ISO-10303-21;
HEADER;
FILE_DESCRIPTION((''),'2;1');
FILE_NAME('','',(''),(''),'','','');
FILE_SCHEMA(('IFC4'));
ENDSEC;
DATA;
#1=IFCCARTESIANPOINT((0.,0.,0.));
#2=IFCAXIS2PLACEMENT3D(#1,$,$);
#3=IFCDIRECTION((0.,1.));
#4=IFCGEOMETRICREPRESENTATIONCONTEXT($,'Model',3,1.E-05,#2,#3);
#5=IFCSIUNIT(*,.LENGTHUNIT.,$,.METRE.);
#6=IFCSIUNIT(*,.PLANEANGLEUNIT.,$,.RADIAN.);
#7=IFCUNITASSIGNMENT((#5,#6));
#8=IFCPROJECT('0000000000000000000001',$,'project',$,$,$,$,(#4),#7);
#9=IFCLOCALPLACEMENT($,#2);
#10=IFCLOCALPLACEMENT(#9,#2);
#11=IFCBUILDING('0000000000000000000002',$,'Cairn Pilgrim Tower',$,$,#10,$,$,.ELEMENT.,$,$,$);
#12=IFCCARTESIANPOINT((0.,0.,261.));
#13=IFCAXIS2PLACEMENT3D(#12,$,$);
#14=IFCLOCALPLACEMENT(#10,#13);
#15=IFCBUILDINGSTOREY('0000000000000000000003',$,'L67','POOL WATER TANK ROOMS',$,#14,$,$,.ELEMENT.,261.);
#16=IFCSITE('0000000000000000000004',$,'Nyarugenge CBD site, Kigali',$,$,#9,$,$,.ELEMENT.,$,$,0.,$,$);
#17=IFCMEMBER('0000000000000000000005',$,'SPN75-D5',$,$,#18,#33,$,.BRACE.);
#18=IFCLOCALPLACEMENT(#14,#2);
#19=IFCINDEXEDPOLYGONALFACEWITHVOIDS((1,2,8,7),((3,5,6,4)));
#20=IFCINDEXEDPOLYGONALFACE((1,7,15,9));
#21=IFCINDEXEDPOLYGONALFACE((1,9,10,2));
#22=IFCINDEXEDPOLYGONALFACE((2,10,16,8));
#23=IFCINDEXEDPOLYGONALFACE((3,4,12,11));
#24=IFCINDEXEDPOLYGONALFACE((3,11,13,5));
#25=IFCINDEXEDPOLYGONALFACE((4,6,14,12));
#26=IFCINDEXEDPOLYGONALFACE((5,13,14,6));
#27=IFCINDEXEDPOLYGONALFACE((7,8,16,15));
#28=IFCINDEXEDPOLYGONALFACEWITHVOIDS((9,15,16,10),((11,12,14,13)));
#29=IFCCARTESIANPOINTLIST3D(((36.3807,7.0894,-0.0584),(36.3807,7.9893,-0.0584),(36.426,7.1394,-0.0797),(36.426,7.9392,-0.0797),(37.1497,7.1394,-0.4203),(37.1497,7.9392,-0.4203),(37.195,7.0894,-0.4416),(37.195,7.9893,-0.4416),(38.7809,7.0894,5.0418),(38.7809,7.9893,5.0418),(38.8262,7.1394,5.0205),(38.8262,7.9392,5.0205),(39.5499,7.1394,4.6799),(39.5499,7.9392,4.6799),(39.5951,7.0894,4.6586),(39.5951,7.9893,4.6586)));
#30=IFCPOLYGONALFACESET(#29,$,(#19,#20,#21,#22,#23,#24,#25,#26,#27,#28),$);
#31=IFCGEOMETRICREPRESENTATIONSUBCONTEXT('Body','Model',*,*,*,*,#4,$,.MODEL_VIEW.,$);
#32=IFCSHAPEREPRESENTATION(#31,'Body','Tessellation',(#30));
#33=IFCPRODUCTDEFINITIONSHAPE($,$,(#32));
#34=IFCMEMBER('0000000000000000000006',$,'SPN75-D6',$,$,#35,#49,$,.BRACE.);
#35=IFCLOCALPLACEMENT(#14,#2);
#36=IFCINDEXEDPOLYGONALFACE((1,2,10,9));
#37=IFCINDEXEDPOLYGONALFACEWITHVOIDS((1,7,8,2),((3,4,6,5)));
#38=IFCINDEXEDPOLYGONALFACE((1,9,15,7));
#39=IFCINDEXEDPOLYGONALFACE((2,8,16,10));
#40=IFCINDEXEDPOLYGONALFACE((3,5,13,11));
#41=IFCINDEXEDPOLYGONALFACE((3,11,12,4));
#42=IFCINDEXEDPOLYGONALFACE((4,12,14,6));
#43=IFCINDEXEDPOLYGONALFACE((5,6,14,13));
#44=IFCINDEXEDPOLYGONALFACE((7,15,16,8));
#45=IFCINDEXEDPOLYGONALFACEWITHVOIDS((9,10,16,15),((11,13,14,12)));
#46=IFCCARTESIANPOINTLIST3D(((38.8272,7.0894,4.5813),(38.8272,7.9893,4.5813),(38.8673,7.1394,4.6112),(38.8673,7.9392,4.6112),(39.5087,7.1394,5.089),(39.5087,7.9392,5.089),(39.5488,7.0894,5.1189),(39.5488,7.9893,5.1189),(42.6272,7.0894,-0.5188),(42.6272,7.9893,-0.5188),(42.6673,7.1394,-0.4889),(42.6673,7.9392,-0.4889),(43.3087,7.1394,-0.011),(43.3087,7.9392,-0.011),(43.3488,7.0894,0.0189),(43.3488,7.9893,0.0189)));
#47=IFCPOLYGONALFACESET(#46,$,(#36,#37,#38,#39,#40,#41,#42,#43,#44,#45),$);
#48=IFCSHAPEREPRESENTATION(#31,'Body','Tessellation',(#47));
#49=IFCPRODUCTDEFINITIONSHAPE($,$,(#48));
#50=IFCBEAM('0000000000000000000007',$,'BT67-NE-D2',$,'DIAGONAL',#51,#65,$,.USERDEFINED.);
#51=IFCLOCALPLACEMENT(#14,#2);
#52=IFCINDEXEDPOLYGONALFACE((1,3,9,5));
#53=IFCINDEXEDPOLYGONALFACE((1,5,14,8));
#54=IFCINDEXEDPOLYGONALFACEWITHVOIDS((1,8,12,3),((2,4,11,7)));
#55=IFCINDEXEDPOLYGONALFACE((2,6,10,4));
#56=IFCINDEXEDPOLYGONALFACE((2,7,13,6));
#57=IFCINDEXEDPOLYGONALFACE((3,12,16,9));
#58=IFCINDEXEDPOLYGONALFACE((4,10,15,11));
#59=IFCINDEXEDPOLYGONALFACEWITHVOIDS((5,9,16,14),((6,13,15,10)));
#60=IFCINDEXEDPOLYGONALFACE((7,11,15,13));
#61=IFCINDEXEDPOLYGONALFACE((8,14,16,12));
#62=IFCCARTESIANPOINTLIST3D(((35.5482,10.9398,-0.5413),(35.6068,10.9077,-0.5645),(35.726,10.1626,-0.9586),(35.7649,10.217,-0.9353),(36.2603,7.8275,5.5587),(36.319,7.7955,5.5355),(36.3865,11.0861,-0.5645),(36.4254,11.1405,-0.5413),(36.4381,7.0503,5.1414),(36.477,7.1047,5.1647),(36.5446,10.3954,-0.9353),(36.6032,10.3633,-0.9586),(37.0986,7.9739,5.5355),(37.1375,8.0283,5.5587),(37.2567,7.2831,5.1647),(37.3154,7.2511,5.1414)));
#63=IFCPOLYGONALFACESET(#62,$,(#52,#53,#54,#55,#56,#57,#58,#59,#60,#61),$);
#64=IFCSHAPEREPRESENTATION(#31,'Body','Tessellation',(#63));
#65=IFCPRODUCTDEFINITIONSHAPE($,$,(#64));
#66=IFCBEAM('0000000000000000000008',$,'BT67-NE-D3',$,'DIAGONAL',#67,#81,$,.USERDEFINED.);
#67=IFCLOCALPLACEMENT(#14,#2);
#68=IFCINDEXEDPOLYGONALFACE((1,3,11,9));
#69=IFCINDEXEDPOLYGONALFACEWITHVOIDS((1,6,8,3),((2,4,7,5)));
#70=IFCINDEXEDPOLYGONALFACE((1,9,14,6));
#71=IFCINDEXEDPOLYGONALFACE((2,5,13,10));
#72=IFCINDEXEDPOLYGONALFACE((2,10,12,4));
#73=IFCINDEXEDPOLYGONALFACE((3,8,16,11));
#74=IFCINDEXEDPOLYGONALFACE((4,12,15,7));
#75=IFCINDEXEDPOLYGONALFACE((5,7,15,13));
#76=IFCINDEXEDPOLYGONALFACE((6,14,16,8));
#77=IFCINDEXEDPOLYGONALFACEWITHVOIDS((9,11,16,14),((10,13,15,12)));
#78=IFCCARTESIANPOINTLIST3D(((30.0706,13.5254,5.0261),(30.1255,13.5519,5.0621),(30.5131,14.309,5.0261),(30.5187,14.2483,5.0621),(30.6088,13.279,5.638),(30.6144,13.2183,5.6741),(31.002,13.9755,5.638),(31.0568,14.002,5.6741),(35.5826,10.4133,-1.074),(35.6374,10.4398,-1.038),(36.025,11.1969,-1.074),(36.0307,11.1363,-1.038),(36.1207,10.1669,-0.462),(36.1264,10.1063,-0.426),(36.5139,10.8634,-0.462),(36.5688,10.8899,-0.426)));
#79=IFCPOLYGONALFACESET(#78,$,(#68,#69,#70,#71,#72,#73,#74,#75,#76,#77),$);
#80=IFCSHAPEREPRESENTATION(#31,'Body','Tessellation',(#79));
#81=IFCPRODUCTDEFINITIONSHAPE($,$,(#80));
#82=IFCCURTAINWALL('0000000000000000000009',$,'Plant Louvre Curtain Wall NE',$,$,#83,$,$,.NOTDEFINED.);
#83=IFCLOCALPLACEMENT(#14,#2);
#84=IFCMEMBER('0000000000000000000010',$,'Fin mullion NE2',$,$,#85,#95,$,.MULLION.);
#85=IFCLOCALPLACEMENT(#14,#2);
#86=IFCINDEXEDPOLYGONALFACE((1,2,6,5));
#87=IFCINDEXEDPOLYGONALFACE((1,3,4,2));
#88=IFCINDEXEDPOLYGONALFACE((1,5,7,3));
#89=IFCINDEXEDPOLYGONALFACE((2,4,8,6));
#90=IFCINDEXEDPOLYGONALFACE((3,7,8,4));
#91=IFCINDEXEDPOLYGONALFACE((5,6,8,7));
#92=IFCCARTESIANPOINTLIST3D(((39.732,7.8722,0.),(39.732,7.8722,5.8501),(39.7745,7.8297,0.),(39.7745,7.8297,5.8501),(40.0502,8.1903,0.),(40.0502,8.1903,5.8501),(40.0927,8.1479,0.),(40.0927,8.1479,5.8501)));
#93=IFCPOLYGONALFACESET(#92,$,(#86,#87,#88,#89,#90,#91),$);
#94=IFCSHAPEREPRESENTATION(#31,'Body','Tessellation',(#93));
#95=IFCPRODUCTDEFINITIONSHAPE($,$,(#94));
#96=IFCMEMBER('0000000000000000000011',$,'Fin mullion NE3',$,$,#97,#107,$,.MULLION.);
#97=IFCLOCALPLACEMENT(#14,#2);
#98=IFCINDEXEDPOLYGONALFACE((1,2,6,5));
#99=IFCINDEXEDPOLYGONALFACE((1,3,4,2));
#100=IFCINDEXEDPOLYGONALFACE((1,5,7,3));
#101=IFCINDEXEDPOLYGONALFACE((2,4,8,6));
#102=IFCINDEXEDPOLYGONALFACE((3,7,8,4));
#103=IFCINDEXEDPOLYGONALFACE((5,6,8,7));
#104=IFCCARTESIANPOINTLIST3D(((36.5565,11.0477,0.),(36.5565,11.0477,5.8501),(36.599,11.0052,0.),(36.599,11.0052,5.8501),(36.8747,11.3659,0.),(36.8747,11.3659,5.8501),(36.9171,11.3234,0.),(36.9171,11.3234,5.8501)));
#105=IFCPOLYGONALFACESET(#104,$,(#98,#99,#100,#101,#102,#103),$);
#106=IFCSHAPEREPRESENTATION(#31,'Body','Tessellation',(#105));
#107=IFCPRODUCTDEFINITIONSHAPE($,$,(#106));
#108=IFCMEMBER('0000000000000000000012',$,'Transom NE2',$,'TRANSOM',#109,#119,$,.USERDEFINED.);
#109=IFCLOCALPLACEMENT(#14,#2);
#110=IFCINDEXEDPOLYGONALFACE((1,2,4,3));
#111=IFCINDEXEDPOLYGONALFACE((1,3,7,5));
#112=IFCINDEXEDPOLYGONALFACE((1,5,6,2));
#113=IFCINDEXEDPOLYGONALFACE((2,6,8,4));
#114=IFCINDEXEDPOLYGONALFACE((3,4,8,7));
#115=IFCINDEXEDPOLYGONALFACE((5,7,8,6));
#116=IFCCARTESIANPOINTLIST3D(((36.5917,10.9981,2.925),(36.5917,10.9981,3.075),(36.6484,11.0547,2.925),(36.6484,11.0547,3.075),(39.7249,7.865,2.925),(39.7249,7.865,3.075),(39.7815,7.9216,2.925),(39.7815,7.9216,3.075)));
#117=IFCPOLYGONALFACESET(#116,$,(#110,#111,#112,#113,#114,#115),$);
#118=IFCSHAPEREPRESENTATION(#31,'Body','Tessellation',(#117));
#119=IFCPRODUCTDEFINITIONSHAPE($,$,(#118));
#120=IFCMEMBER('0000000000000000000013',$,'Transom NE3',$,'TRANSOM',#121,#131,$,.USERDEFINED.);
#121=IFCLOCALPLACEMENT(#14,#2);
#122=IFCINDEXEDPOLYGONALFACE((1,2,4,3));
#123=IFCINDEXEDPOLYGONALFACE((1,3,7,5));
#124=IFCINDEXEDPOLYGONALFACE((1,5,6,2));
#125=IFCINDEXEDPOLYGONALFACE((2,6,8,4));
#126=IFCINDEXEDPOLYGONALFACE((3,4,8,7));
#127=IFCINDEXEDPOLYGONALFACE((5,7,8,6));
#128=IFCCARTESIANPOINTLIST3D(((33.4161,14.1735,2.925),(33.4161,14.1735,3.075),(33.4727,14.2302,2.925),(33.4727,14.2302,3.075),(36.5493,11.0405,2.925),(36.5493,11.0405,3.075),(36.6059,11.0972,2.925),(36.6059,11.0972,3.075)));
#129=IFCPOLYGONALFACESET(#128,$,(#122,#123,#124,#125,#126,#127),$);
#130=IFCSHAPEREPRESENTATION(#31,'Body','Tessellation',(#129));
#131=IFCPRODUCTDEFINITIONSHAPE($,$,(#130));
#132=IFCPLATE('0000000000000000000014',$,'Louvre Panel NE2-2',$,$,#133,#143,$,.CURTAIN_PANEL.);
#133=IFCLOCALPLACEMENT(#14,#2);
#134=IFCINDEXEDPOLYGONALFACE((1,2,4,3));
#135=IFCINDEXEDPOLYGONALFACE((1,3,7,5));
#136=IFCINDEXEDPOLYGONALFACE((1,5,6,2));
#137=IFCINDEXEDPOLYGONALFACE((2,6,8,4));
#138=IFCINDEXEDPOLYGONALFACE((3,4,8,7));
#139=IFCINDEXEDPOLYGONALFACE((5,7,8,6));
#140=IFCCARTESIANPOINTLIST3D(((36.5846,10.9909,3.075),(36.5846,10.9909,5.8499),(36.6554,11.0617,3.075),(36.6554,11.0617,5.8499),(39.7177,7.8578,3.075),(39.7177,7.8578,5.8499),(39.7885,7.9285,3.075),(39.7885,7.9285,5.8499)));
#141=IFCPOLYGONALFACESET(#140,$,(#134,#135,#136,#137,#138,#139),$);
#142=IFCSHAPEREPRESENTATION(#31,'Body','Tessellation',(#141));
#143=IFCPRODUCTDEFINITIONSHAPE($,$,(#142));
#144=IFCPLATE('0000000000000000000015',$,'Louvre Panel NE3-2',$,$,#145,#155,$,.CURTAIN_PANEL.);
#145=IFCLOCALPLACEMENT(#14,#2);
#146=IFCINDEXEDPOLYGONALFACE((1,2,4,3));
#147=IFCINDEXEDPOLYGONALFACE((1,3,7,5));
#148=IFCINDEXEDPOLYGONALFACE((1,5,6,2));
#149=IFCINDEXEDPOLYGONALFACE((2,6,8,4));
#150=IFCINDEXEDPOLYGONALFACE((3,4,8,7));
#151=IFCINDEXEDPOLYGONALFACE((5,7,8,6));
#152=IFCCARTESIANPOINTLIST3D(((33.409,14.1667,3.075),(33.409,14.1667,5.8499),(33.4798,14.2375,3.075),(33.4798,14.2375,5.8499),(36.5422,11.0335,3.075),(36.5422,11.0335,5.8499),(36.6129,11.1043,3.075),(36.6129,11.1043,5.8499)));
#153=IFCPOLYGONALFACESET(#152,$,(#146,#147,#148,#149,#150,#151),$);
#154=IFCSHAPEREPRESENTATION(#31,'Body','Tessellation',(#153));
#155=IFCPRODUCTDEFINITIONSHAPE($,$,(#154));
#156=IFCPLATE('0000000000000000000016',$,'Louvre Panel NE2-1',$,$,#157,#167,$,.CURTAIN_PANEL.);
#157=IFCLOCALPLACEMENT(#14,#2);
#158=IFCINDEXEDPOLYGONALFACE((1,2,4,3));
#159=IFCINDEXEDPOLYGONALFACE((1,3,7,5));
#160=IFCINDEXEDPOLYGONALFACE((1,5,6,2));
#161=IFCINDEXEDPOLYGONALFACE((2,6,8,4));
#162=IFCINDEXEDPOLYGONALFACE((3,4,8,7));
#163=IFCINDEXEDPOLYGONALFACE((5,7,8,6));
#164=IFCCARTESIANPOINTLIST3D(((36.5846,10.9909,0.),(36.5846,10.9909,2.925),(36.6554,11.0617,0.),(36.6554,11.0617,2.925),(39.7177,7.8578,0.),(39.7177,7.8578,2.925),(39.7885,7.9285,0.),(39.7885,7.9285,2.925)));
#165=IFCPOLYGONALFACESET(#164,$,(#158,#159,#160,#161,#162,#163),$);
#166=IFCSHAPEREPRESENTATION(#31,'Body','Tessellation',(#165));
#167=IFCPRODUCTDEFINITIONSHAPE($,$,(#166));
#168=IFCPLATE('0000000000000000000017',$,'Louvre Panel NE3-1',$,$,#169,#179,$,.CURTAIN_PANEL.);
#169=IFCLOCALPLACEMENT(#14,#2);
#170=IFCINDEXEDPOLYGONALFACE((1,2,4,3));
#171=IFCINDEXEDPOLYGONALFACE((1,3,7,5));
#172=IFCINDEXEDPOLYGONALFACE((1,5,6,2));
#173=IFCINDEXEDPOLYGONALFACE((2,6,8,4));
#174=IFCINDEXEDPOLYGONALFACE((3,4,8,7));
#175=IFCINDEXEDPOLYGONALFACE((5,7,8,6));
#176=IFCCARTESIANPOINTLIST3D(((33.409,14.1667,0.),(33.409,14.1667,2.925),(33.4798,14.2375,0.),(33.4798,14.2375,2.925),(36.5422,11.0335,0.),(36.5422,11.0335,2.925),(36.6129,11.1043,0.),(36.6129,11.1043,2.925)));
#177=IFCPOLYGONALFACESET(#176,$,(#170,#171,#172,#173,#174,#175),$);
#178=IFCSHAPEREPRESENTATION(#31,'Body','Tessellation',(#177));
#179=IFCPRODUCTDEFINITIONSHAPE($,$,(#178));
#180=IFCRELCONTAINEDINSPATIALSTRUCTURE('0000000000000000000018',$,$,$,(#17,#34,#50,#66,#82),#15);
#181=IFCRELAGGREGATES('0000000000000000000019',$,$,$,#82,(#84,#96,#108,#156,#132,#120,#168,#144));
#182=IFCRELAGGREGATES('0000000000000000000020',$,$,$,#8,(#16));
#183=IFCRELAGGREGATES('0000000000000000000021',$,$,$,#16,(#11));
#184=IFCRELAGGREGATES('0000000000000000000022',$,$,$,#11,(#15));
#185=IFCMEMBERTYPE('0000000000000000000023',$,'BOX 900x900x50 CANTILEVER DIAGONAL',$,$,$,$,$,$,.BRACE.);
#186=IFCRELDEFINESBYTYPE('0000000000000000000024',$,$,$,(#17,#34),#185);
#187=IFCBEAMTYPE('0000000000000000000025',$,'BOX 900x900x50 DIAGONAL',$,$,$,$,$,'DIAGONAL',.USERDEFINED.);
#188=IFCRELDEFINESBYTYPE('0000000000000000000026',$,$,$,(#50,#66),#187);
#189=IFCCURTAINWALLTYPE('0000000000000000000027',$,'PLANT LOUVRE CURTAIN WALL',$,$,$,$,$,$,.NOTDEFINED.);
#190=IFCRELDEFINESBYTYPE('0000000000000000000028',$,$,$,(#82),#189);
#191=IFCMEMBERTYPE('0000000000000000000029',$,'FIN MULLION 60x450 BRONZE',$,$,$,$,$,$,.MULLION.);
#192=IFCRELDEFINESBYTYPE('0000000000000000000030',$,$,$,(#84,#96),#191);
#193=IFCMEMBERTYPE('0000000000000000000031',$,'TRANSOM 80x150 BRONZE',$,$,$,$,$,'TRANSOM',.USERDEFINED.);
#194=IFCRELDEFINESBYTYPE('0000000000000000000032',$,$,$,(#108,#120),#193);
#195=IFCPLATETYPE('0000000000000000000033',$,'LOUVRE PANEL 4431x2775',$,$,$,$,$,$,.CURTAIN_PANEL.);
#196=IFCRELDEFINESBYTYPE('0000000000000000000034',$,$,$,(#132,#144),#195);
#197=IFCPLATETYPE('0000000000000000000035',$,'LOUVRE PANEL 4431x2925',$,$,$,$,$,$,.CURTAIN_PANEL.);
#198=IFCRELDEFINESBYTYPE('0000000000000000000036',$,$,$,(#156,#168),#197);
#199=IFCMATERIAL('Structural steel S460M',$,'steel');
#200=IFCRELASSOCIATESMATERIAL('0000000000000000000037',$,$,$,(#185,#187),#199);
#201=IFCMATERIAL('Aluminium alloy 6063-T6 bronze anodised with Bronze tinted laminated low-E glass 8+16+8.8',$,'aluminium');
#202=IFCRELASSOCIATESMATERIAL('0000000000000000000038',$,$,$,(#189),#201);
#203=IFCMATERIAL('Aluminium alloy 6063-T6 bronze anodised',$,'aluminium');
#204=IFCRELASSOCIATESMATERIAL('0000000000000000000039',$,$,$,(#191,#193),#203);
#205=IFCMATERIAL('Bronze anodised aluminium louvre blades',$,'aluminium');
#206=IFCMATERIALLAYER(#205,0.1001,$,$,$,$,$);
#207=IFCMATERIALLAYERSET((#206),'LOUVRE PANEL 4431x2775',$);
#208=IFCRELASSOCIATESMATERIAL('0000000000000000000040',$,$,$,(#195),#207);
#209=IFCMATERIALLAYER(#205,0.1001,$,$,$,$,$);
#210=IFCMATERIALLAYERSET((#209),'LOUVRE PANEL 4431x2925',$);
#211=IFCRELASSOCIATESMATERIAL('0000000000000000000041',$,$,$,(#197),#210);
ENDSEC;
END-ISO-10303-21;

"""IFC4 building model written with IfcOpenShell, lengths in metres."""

from ifc_helpers import new_model, si_unit, direction, frame, origin, origin_2d, place, context, subcontext, project, spatial, rectangle, hollow_rectangle, extrude, material, layer, layer_set, material_profile, profile_set, type_object, element, aggregate, save


model = new_model("IFC4")

# Units and contexts
model_context = context("Model", 3, precision=1e-05, world=origin(), true_north=direction((0.0, 1.0)))
body_context = subcontext(model_context, "Body", "Model", "MODEL_VIEW")
ifc_project = project(units=[si_unit("LENGTHUNIT", "METRE"), si_unit("PLANEANGLEUNIT", "RADIAN")], contexts=[model_context])

# Site, building, storey
site_placement = place(None, origin())
site = spatial("IfcSite", under=ifc_project, at=site_placement, Name="Nyarugenge CBD site, Kigali", CompositionType="ELEMENT", RefElevation=0.0)
building_placement = place(site_placement, origin())
building = spatial("IfcBuilding", under=site, at=building_placement, Name="Cairn Pilgrim Tower", CompositionType="ELEMENT")
storey_placement = place(building_placement, frame((0.0, 0.0, 261.0)))
storey = spatial("IfcBuildingStorey", under=building, at=storey_placement, Name="L67", Description="POOL WATER TANK ROOMS", CompositionType="ELEMENT", Elevation=261.0)

# Shared definitions
ifc_material_1 = material(Name="Structural steel S460M", Category="steel")

# Members
ifc_material_profile_1 = material_profile(ifc_material_1, hollow_rectangle(XDim=0.8999, YDim=0.8999, WallThickness=0.05, at=origin_2d()), Name="BOX 900x900x50")
ifc_profile_set_1 = profile_set([ifc_material_profile_1], Name="Structural steel S460M")
member_type_1 = type_object("IfcMemberType", Name="BOX 900x900x50 CANTILEVER DIAGONAL", PredefinedType="BRACE", material=ifc_profile_set_1)
member_1_placement = place(storey_placement, frame((36.7878, 7.5393, -0.25), z_axis=(0.425812, 0.0, 0.904812), x_axis=(0.0, 1.0, 0.0)))
element("IfcMember", 1, at=member_1_placement, inside=storey, type_object=member_type_1, Name="SPN75-D5", PredefinedType="BRACE", context=body_context, shape_type="SweptSolid", body=[
    extrude(hollow_rectangle(XDim=0.8999, YDim=0.8999, WallThickness=0.05, at=origin_2d()), origin(), (0.0, 0.0, 1.0), 5.6367),
])
member_2_placement = place(storey_placement, frame((39.188, 7.5393, 4.8501), z_axis=(0.597479, 0.0, -0.801885), x_axis=(0.0, 1.0, 0.0)))
element("IfcMember", 2, at=member_2_placement, inside=storey, type_object=member_type_1, Name="SPN75-D6", PredefinedType="BRACE", context=body_context, shape_type="SweptSolid", body=[
    extrude(hollow_rectangle(XDim=0.8999, YDim=0.8999, WallThickness=0.05, at=origin_2d()), origin(), (0.0, 0.0, 1.0), 6.3601),
])

# Beams
ifc_material_profile_2 = material_profile(ifc_material_1, hollow_rectangle(XDim=0.8999, YDim=0.8999, WallThickness=0.05, at=origin_2d()), Name="BOX 900x900x50")
ifc_profile_set_2 = profile_set([ifc_material_profile_2], Name="Structural steel S460M")
beam_type_1 = type_object("IfcBeamType", Name="BOX 900x900x50 DIAGONAL", ElementType="DIAGONAL", PredefinedType="USERDEFINED", material=ifc_profile_set_2)
beam_1_placement = place(storey_placement, frame((36.7878, 7.5393, 5.3501), z_axis=(-0.103434, 0.452034, -0.885983), x_axis=(-0.974806, -0.223055, 0.0)))
element("IfcBeam", 3, at=beam_1_placement, inside=storey, type_object=beam_type_1, Name="BT67-NE-D2", ObjectType="DIAGONAL", PredefinedType="USERDEFINED", context=body_context, shape_type="SweptSolid", body=[
    extrude(hollow_rectangle(XDim=0.8999, YDim=0.8999, WallThickness=0.05, at=origin_2d()), origin(), (0.0, 0.0, 1.0), 6.885),
])
beam_2_placement = place(storey_placement, frame((36.0757, 10.6516, -0.75), z_axis=(-0.627016, 0.354014, 0.69392), x_axis=(-0.491651, -0.870793, 0.0)))
element("IfcBeam", 4, at=beam_2_placement, inside=storey, type_object=beam_type_1, Name="BT67-NE-D3", ObjectType="DIAGONAL", PredefinedType="USERDEFINED", context=body_context, shape_type="SweptSolid", body=[
    extrude(hollow_rectangle(XDim=0.8999, YDim=0.8999, WallThickness=0.05, at=origin_2d()), origin(), (0.0, 0.0, 1.0), 8.7908),
])

# Curtain wall, members, plates
ifc_material_2 = material(Name="Aluminium alloy 6063-T6 bronze anodised with Bronze tinted laminated low-E glass 8+16+8.8", Category="aluminium")
curtain_wall_type = type_object("IfcCurtainWallType", Name="PLANT LOUVRE CURTAIN WALL", PredefinedType="NOTDEFINED", material=ifc_material_2)
curtain_wall_placement = place(storey_placement, origin())
curtain_wall = element("IfcCurtainWall", 5, at=curtain_wall_placement, inside=storey, type_object=curtain_wall_type, Name="Plant Louvre Curtain Wall NE", PredefinedType="NOTDEFINED")
ifc_material_3 = material(Name="Aluminium alloy 6063-T6 bronze anodised", Category="aluminium")
ifc_material_profile_3 = material_profile(ifc_material_3, rectangle(XDim=0.45, YDim=0.0601, at=origin_2d()), Name="FIN MULLION 60x450 BRONZE")
ifc_profile_set_3 = profile_set([ifc_material_profile_3], Name="Aluminium alloy 6063-T6 bronze anodised")
member_type_2 = type_object("IfcMemberType", Name="FIN MULLION 60x450 BRONZE", PredefinedType="MULLION", material=ifc_profile_set_3)
member_3_placement = place(storey_placement, frame((39.9124, 8.01, 0.0), z_axis=(0.0, 0.0, 1.0), x_axis=(0.707107, 0.707107, 0.0)))
member_3 = element("IfcMember", 6, at=member_3_placement, type_object=member_type_2, Name="Fin mullion NE2", PredefinedType="MULLION", context=body_context, shape_type="SweptSolid", body=[
    extrude(rectangle(XDim=0.45, YDim=0.0601, at=origin_2d()), origin(), (0.0, 0.0, 1.0), 5.8501),
])
member_4_placement = place(storey_placement, frame((36.7368, 11.1855, 0.0), z_axis=(0.0, 0.0, 1.0), x_axis=(0.707107, 0.707107, 0.0)))
member_4 = element("IfcMember", 7, at=member_4_placement, type_object=member_type_2, Name="Fin mullion NE3", PredefinedType="MULLION", context=body_context, shape_type="SweptSolid", body=[
    extrude(rectangle(XDim=0.45, YDim=0.0601, at=origin_2d()), origin(), (0.0, 0.0, 1.0), 5.8501),
])
ifc_material_profile_4 = material_profile(ifc_material_3, rectangle(XDim=0.0801, YDim=0.1499, at=origin_2d()), Name="TRANSOM 80x150 BRONZE")
ifc_profile_set_4 = profile_set([ifc_material_profile_4], Name="Aluminium alloy 6063-T6 bronze anodised")
member_type_3 = type_object("IfcMemberType", Name="TRANSOM 80x150 BRONZE", ElementType="TRANSOM", PredefinedType="USERDEFINED", material=ifc_profile_set_4)
member_5_placement = place(storey_placement, frame((39.7532, 7.8933, 3.0), z_axis=(-0.707107, 0.707107, 0.0), x_axis=(-0.707107, -0.707107, 0.0)))
member_5 = element("IfcMember", 8, at=member_5_placement, type_object=member_type_3, Name="Transom NE2", ObjectType="TRANSOM", PredefinedType="USERDEFINED", context=body_context, shape_type="SweptSolid", body=[
    extrude(rectangle(XDim=0.0801, YDim=0.1499, at=origin_2d()), origin(), (0.0, 0.0, 1.0), 4.4309),
])
member_6_placement = place(storey_placement, frame((36.5776, 11.0688, 3.0), z_axis=(-0.707134, 0.707079, 0.0), x_axis=(-0.707079, -0.707134, 0.0)))
member_6 = element("IfcMember", 9, at=member_6_placement, type_object=member_type_3, Name="Transom NE3", ObjectType="TRANSOM", PredefinedType="USERDEFINED", context=body_context, shape_type="SweptSolid", body=[
    extrude(rectangle(XDim=0.0801, YDim=0.1499, at=origin_2d()), origin(), (0.0, 0.0, 1.0), 4.4309),
])
ifc_material_4 = material(Name="Bronze anodised aluminium louvre blades", Category="aluminium")
ifc_layer_1 = layer(ifc_material_4, 0.1001)
ifc_layer_set_1 = layer_set([ifc_layer_1], Name="LOUVRE PANEL 4431x2775")
plate_type_1 = type_object("IfcPlateType", Name="LOUVRE PANEL 4431x2775", PredefinedType="CURTAIN_PANEL", material=ifc_layer_set_1)
plate_1_placement = place(storey_placement, frame((38.1865, 9.4597, 3.075), z_axis=(0.0, 0.0, 1.0), x_axis=(-0.707107, 0.707107, 0.0)))
plate_1 = element("IfcPlate", 10, at=plate_1_placement, type_object=plate_type_1, Name="Louvre Panel NE2-2", PredefinedType="CURTAIN_PANEL", context=body_context, shape_type="SweptSolid", body=[
    extrude(rectangle(XDim=4.4309, YDim=0.1001, at=origin_2d()), origin(), (0.0, 0.0, 1.0), 2.7749),
])
plate_2_placement = place(storey_placement, frame((35.011, 12.6355, 3.075), z_axis=(0.0, 0.0, 1.0), x_axis=(-0.707107, 0.707107, 0.0)))
plate_2 = element("IfcPlate", 11, at=plate_2_placement, type_object=plate_type_1, Name="Louvre Panel NE3-2", PredefinedType="CURTAIN_PANEL", context=body_context, shape_type="SweptSolid", body=[
    extrude(rectangle(XDim=4.4309, YDim=0.1001, at=origin_2d()), origin(), (0.0, 0.0, 1.0), 2.7749),
])
ifc_layer_2 = layer(ifc_material_4, 0.1001)
ifc_layer_set_2 = layer_set([ifc_layer_2], Name="LOUVRE PANEL 4431x2925")
plate_type_2 = type_object("IfcPlateType", Name="LOUVRE PANEL 4431x2925", PredefinedType="CURTAIN_PANEL", material=ifc_layer_set_2)
plate_3_placement = place(storey_placement, frame((38.1865, 9.4597, 0.0), z_axis=(0.0, 0.0, 1.0), x_axis=(-0.707107, 0.707107, 0.0)))
plate_3 = element("IfcPlate", 12, at=plate_3_placement, type_object=plate_type_2, Name="Louvre Panel NE2-1", PredefinedType="CURTAIN_PANEL", context=body_context, shape_type="SweptSolid", body=[
    extrude(rectangle(XDim=4.4309, YDim=0.1001, at=origin_2d()), origin(), (0.0, 0.0, 1.0), 2.925),
])
plate_4_placement = place(storey_placement, frame((35.011, 12.6355, 0.0), z_axis=(0.0, 0.0, 1.0), x_axis=(-0.707107, 0.707107, 0.0)))
plate_4 = element("IfcPlate", 13, at=plate_4_placement, type_object=plate_type_2, Name="Louvre Panel NE3-1", PredefinedType="CURTAIN_PANEL", context=body_context, shape_type="SweptSolid", body=[
    extrude(rectangle(XDim=4.4309, YDim=0.1001, at=origin_2d()), origin(), (0.0, 0.0, 1.0), 2.925),
])
aggregate(curtain_wall, [member_3, member_4, member_5, plate_3, plate_1, member_6, plate_4, plate_2])

save(model, "model.ifc")
